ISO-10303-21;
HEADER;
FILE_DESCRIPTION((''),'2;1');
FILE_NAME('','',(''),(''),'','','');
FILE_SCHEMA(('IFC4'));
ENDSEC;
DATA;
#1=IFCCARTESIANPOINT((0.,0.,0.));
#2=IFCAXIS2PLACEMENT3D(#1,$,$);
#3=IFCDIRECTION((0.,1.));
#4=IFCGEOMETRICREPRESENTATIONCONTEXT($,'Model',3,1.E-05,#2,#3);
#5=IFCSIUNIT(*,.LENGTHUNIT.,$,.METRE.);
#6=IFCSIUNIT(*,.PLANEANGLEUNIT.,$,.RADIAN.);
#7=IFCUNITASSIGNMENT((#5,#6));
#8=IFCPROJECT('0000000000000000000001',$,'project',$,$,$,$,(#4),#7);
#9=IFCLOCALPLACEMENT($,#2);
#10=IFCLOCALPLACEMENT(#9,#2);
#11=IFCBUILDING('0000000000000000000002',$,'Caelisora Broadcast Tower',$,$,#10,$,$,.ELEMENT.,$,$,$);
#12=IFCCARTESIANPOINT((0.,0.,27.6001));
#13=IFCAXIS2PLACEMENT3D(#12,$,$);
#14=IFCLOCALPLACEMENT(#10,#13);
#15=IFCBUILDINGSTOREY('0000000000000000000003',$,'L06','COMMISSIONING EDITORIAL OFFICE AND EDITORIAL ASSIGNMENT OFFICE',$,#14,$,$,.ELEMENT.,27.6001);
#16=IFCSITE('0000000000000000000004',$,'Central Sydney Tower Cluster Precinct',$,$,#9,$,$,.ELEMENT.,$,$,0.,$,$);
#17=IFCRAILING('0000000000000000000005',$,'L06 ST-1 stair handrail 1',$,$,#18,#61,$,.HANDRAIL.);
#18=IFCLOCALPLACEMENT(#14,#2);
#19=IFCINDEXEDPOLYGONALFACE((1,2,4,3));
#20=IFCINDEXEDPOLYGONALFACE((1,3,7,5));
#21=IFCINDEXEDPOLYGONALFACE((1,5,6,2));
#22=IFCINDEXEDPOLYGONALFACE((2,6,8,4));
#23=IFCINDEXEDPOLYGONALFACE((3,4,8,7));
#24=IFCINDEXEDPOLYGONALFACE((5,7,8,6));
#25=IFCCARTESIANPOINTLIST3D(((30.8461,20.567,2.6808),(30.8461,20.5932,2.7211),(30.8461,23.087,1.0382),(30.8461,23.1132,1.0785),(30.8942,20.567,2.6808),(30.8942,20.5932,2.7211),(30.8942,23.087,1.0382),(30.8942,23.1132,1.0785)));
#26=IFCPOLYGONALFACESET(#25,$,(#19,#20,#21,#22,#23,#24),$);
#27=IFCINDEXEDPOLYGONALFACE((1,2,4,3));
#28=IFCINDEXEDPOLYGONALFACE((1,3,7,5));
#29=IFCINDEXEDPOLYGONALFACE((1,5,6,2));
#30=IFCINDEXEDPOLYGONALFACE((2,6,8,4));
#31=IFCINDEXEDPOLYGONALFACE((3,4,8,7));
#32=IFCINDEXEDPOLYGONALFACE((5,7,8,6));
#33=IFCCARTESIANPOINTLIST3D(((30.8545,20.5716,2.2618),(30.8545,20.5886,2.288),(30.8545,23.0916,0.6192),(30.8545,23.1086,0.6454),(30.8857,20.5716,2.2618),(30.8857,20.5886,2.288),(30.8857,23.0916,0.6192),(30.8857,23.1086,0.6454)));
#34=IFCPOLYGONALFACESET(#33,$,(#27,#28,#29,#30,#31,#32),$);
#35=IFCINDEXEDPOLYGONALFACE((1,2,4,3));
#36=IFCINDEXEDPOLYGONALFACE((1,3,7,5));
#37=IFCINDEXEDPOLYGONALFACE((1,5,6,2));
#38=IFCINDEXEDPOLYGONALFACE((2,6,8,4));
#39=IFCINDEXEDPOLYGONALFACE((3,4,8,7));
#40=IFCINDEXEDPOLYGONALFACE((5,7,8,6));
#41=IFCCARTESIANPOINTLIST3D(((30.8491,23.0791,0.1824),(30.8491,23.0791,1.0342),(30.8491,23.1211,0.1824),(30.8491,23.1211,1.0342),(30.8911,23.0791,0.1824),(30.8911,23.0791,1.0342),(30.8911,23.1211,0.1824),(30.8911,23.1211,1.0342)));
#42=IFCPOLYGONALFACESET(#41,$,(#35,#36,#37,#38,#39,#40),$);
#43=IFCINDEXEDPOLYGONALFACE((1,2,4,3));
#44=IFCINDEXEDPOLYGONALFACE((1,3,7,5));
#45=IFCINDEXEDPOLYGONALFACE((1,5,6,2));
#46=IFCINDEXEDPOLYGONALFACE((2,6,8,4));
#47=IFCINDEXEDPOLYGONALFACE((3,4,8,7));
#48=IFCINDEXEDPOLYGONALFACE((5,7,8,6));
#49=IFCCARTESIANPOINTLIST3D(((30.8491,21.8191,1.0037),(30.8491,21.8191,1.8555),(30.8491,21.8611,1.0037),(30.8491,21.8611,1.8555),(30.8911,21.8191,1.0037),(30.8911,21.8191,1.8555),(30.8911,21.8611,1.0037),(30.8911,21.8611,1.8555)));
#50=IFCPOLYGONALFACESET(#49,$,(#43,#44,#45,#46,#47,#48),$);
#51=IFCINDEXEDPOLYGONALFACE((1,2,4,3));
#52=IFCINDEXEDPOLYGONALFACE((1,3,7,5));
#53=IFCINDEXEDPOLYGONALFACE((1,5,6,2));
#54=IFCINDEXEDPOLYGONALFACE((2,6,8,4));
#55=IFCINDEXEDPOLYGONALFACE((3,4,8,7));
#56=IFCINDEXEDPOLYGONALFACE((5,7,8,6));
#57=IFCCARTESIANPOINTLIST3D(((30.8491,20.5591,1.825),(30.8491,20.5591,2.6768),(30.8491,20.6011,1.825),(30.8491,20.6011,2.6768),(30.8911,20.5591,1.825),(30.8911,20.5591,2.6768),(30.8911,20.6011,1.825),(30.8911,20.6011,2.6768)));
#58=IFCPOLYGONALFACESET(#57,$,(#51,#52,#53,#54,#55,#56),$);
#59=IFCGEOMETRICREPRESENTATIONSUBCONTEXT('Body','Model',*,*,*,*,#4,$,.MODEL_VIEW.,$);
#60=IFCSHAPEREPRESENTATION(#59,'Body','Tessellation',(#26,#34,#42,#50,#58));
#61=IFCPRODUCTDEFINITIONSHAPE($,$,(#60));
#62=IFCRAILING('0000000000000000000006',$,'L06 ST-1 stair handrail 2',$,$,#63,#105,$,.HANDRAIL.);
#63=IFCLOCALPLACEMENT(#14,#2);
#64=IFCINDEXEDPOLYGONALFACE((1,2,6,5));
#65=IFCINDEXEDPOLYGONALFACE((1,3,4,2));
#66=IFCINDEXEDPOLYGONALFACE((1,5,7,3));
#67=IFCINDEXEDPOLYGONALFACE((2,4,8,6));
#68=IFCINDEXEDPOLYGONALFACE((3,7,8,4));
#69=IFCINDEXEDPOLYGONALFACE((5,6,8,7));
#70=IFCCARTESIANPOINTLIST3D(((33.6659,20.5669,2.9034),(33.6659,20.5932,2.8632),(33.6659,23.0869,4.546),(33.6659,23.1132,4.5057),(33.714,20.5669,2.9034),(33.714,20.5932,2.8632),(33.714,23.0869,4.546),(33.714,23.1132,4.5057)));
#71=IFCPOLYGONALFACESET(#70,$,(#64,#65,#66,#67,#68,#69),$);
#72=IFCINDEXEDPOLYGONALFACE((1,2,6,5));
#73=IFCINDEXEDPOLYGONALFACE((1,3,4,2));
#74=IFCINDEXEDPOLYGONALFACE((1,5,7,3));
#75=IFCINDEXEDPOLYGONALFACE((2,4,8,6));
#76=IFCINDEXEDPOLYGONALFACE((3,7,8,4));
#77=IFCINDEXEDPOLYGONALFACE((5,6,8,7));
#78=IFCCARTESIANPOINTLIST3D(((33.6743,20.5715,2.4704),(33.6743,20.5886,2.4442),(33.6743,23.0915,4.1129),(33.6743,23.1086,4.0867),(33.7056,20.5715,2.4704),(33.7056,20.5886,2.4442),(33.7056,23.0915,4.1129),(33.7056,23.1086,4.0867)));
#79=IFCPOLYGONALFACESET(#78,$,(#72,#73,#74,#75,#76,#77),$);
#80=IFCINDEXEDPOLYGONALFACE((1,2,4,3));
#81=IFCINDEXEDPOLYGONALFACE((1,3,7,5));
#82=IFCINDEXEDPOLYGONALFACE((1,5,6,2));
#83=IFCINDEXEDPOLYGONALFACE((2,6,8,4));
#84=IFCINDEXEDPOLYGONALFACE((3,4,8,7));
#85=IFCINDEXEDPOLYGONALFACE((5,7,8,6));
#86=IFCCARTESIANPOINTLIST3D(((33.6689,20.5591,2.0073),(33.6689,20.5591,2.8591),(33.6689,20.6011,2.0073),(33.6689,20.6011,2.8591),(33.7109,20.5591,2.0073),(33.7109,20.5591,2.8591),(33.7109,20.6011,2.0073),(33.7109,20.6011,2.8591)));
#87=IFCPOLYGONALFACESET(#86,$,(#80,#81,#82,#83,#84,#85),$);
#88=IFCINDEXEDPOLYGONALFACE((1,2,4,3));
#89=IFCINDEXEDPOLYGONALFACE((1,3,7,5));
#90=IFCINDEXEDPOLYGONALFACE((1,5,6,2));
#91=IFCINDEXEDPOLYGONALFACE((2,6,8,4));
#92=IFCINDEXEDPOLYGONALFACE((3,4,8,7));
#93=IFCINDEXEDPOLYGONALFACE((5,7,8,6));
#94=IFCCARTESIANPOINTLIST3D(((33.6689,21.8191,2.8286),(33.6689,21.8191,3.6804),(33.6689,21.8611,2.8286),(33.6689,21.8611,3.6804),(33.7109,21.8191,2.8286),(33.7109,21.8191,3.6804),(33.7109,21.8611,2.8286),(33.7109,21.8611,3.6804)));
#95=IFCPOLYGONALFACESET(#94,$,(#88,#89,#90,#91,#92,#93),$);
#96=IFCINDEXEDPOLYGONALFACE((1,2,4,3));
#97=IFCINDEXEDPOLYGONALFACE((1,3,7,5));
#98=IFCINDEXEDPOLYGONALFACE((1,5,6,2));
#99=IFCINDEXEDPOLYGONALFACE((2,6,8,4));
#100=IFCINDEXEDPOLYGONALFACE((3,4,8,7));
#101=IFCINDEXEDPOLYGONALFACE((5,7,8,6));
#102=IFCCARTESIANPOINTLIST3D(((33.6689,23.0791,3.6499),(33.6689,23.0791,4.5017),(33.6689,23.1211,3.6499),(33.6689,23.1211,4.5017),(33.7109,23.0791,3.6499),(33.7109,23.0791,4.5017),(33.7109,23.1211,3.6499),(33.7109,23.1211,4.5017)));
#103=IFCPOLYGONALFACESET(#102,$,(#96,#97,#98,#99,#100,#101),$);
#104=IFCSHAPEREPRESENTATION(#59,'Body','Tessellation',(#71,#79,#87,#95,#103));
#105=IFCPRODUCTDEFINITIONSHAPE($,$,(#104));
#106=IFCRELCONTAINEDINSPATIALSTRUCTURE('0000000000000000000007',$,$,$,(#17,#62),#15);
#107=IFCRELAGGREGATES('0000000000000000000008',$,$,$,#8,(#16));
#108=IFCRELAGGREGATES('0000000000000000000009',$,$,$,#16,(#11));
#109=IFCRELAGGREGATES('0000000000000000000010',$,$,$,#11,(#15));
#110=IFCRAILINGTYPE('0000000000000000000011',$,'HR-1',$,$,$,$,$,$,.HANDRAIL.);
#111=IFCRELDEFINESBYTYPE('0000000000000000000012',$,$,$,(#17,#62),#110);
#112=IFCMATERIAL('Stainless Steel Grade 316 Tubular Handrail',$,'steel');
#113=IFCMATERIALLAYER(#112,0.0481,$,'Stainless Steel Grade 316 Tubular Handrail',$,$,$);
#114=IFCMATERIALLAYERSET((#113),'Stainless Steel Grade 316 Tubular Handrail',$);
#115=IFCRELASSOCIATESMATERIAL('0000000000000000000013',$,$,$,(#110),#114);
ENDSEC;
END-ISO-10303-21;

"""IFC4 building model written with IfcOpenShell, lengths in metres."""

from ifc_helpers import new_model, si_unit, direction, frame, origin, origin_2d, place, context, subcontext, project, spatial, rectangle, extrude, material, layer, layer_set, type_object, element, save


model = new_model("IFC4")

# Units and contexts
model_context = context("Model", 3, precision=1e-05, world=origin(), true_north=direction((0.0, 1.0)))
body_context = subcontext(model_context, "Body", "Model", "MODEL_VIEW")
ifc_project = project(units=[si_unit("LENGTHUNIT", "METRE"), si_unit("PLANEANGLEUNIT", "RADIAN")], contexts=[model_context])

# Site, building, storey
site_placement = place(None, origin())
site = spatial("IfcSite", under=ifc_project, at=site_placement, Name="Central Sydney Tower Cluster Precinct", CompositionType="ELEMENT", RefElevation=0.0)
building_placement = place(site_placement, origin())
building = spatial("IfcBuilding", under=site, at=building_placement, Name="Caelisora Broadcast Tower", CompositionType="ELEMENT")
storey_placement = place(building_placement, frame((0.0, 0.0, 27.6001)))
storey = spatial("IfcBuildingStorey", under=building, at=storey_placement, Name="L06", Description="COMMISSIONING EDITORIAL OFFICE AND EDITORIAL ASSIGNMENT OFFICE", CompositionType="ELEMENT", Elevation=27.6001)

# Railings
ifc_material_1 = material(Name="Stainless Steel Grade 316 Tubular Handrail", Category="steel")
ifc_layer_1 = layer(ifc_material_1, 0.0481, Name="Stainless Steel Grade 316 Tubular Handrail")
ifc_layer_set_1 = layer_set([ifc_layer_1], Name="Stainless Steel Grade 316 Tubular Handrail")
railing_type_1 = type_object("IfcRailingType", Name="HR-1", PredefinedType="HANDRAIL", material=ifc_layer_set_1)
railing_1_placement = place(storey_placement, frame((30.8701, 23.1001, 0.1824)))
element("IfcRailing", 1, at=railing_1_placement, inside=storey, type_object=railing_type_1, Name="L06 ST-1 stair handrail 1", PredefinedType="HANDRAIL", context=body_context, shape_type="SweptSolid", body=[
    extrude(rectangle(XDim=0.0481, YDim=0.0481, at=origin_2d()), frame((0.0, 0.0, 0.876), z_axis=(0.0, -0.837749, 0.546055), x_axis=(1.0, 0.0, 0.0)), (0.0, 0.0, 1.0), 3.0081),
    extrude(rectangle(XDim=0.0312, YDim=0.0312, at=origin_2d()), frame((0.0, 0.0, 0.45), z_axis=(0.0, -0.837749, 0.546055), x_axis=(1.0, 0.0, 0.0)), (0.0, 0.0, 1.0), 3.0081),
    extrude(rectangle(XDim=0.042, YDim=0.042, at=origin_2d()), origin(), (0.0, 0.0, 1.0), 0.8518),
    extrude(rectangle(XDim=0.042, YDim=0.042, at=origin_2d()), frame((0.0, -1.26, 0.8213)), (0.0, 0.0, 1.0), 0.8518),
    extrude(rectangle(XDim=0.042, YDim=0.042, at=origin_2d()), frame((0.0, -2.52, 1.6426)), (0.0, 0.0, 1.0), 0.8518),
])
railing_2_placement = place(storey_placement, frame((33.6899, 20.5801, 2.0073)))
element("IfcRailing", 2, at=railing_2_placement, inside=storey, type_object=railing_type_1, Name="L06 ST-1 stair handrail 2", PredefinedType="HANDRAIL", context=body_context, shape_type="SweptSolid", body=[
    extrude(rectangle(XDim=0.0481, YDim=0.0481, at=origin_2d()), frame((0.0, 0.0, 0.876), z_axis=(0.0, 0.837749, 0.546055), x_axis=(-1.0, 0.0, 0.0)), (0.0, 0.0, 1.0), 3.0081),
    extrude(rectangle(XDim=0.0312, YDim=0.0312, at=origin_2d()), frame((0.0, 0.0, 0.45), z_axis=(0.0, 0.837749, 0.546055), x_axis=(-1.0, 0.0, 0.0)), (0.0, 0.0, 1.0), 3.0081),
    extrude(rectangle(XDim=0.042, YDim=0.042, at=origin_2d()), origin(), (0.0, 0.0, 1.0), 0.8518),
    extrude(rectangle(XDim=0.042, YDim=0.042, at=origin_2d()), frame((0.0, 1.26, 0.8213)), (0.0, 0.0, 1.0), 0.8518),
    extrude(rectangle(XDim=0.042, YDim=0.042, at=origin_2d()), frame((0.0, 2.52, 1.6426)), (0.0, 0.0, 1.0), 0.8518),
])

save(model, "model.ifc")
